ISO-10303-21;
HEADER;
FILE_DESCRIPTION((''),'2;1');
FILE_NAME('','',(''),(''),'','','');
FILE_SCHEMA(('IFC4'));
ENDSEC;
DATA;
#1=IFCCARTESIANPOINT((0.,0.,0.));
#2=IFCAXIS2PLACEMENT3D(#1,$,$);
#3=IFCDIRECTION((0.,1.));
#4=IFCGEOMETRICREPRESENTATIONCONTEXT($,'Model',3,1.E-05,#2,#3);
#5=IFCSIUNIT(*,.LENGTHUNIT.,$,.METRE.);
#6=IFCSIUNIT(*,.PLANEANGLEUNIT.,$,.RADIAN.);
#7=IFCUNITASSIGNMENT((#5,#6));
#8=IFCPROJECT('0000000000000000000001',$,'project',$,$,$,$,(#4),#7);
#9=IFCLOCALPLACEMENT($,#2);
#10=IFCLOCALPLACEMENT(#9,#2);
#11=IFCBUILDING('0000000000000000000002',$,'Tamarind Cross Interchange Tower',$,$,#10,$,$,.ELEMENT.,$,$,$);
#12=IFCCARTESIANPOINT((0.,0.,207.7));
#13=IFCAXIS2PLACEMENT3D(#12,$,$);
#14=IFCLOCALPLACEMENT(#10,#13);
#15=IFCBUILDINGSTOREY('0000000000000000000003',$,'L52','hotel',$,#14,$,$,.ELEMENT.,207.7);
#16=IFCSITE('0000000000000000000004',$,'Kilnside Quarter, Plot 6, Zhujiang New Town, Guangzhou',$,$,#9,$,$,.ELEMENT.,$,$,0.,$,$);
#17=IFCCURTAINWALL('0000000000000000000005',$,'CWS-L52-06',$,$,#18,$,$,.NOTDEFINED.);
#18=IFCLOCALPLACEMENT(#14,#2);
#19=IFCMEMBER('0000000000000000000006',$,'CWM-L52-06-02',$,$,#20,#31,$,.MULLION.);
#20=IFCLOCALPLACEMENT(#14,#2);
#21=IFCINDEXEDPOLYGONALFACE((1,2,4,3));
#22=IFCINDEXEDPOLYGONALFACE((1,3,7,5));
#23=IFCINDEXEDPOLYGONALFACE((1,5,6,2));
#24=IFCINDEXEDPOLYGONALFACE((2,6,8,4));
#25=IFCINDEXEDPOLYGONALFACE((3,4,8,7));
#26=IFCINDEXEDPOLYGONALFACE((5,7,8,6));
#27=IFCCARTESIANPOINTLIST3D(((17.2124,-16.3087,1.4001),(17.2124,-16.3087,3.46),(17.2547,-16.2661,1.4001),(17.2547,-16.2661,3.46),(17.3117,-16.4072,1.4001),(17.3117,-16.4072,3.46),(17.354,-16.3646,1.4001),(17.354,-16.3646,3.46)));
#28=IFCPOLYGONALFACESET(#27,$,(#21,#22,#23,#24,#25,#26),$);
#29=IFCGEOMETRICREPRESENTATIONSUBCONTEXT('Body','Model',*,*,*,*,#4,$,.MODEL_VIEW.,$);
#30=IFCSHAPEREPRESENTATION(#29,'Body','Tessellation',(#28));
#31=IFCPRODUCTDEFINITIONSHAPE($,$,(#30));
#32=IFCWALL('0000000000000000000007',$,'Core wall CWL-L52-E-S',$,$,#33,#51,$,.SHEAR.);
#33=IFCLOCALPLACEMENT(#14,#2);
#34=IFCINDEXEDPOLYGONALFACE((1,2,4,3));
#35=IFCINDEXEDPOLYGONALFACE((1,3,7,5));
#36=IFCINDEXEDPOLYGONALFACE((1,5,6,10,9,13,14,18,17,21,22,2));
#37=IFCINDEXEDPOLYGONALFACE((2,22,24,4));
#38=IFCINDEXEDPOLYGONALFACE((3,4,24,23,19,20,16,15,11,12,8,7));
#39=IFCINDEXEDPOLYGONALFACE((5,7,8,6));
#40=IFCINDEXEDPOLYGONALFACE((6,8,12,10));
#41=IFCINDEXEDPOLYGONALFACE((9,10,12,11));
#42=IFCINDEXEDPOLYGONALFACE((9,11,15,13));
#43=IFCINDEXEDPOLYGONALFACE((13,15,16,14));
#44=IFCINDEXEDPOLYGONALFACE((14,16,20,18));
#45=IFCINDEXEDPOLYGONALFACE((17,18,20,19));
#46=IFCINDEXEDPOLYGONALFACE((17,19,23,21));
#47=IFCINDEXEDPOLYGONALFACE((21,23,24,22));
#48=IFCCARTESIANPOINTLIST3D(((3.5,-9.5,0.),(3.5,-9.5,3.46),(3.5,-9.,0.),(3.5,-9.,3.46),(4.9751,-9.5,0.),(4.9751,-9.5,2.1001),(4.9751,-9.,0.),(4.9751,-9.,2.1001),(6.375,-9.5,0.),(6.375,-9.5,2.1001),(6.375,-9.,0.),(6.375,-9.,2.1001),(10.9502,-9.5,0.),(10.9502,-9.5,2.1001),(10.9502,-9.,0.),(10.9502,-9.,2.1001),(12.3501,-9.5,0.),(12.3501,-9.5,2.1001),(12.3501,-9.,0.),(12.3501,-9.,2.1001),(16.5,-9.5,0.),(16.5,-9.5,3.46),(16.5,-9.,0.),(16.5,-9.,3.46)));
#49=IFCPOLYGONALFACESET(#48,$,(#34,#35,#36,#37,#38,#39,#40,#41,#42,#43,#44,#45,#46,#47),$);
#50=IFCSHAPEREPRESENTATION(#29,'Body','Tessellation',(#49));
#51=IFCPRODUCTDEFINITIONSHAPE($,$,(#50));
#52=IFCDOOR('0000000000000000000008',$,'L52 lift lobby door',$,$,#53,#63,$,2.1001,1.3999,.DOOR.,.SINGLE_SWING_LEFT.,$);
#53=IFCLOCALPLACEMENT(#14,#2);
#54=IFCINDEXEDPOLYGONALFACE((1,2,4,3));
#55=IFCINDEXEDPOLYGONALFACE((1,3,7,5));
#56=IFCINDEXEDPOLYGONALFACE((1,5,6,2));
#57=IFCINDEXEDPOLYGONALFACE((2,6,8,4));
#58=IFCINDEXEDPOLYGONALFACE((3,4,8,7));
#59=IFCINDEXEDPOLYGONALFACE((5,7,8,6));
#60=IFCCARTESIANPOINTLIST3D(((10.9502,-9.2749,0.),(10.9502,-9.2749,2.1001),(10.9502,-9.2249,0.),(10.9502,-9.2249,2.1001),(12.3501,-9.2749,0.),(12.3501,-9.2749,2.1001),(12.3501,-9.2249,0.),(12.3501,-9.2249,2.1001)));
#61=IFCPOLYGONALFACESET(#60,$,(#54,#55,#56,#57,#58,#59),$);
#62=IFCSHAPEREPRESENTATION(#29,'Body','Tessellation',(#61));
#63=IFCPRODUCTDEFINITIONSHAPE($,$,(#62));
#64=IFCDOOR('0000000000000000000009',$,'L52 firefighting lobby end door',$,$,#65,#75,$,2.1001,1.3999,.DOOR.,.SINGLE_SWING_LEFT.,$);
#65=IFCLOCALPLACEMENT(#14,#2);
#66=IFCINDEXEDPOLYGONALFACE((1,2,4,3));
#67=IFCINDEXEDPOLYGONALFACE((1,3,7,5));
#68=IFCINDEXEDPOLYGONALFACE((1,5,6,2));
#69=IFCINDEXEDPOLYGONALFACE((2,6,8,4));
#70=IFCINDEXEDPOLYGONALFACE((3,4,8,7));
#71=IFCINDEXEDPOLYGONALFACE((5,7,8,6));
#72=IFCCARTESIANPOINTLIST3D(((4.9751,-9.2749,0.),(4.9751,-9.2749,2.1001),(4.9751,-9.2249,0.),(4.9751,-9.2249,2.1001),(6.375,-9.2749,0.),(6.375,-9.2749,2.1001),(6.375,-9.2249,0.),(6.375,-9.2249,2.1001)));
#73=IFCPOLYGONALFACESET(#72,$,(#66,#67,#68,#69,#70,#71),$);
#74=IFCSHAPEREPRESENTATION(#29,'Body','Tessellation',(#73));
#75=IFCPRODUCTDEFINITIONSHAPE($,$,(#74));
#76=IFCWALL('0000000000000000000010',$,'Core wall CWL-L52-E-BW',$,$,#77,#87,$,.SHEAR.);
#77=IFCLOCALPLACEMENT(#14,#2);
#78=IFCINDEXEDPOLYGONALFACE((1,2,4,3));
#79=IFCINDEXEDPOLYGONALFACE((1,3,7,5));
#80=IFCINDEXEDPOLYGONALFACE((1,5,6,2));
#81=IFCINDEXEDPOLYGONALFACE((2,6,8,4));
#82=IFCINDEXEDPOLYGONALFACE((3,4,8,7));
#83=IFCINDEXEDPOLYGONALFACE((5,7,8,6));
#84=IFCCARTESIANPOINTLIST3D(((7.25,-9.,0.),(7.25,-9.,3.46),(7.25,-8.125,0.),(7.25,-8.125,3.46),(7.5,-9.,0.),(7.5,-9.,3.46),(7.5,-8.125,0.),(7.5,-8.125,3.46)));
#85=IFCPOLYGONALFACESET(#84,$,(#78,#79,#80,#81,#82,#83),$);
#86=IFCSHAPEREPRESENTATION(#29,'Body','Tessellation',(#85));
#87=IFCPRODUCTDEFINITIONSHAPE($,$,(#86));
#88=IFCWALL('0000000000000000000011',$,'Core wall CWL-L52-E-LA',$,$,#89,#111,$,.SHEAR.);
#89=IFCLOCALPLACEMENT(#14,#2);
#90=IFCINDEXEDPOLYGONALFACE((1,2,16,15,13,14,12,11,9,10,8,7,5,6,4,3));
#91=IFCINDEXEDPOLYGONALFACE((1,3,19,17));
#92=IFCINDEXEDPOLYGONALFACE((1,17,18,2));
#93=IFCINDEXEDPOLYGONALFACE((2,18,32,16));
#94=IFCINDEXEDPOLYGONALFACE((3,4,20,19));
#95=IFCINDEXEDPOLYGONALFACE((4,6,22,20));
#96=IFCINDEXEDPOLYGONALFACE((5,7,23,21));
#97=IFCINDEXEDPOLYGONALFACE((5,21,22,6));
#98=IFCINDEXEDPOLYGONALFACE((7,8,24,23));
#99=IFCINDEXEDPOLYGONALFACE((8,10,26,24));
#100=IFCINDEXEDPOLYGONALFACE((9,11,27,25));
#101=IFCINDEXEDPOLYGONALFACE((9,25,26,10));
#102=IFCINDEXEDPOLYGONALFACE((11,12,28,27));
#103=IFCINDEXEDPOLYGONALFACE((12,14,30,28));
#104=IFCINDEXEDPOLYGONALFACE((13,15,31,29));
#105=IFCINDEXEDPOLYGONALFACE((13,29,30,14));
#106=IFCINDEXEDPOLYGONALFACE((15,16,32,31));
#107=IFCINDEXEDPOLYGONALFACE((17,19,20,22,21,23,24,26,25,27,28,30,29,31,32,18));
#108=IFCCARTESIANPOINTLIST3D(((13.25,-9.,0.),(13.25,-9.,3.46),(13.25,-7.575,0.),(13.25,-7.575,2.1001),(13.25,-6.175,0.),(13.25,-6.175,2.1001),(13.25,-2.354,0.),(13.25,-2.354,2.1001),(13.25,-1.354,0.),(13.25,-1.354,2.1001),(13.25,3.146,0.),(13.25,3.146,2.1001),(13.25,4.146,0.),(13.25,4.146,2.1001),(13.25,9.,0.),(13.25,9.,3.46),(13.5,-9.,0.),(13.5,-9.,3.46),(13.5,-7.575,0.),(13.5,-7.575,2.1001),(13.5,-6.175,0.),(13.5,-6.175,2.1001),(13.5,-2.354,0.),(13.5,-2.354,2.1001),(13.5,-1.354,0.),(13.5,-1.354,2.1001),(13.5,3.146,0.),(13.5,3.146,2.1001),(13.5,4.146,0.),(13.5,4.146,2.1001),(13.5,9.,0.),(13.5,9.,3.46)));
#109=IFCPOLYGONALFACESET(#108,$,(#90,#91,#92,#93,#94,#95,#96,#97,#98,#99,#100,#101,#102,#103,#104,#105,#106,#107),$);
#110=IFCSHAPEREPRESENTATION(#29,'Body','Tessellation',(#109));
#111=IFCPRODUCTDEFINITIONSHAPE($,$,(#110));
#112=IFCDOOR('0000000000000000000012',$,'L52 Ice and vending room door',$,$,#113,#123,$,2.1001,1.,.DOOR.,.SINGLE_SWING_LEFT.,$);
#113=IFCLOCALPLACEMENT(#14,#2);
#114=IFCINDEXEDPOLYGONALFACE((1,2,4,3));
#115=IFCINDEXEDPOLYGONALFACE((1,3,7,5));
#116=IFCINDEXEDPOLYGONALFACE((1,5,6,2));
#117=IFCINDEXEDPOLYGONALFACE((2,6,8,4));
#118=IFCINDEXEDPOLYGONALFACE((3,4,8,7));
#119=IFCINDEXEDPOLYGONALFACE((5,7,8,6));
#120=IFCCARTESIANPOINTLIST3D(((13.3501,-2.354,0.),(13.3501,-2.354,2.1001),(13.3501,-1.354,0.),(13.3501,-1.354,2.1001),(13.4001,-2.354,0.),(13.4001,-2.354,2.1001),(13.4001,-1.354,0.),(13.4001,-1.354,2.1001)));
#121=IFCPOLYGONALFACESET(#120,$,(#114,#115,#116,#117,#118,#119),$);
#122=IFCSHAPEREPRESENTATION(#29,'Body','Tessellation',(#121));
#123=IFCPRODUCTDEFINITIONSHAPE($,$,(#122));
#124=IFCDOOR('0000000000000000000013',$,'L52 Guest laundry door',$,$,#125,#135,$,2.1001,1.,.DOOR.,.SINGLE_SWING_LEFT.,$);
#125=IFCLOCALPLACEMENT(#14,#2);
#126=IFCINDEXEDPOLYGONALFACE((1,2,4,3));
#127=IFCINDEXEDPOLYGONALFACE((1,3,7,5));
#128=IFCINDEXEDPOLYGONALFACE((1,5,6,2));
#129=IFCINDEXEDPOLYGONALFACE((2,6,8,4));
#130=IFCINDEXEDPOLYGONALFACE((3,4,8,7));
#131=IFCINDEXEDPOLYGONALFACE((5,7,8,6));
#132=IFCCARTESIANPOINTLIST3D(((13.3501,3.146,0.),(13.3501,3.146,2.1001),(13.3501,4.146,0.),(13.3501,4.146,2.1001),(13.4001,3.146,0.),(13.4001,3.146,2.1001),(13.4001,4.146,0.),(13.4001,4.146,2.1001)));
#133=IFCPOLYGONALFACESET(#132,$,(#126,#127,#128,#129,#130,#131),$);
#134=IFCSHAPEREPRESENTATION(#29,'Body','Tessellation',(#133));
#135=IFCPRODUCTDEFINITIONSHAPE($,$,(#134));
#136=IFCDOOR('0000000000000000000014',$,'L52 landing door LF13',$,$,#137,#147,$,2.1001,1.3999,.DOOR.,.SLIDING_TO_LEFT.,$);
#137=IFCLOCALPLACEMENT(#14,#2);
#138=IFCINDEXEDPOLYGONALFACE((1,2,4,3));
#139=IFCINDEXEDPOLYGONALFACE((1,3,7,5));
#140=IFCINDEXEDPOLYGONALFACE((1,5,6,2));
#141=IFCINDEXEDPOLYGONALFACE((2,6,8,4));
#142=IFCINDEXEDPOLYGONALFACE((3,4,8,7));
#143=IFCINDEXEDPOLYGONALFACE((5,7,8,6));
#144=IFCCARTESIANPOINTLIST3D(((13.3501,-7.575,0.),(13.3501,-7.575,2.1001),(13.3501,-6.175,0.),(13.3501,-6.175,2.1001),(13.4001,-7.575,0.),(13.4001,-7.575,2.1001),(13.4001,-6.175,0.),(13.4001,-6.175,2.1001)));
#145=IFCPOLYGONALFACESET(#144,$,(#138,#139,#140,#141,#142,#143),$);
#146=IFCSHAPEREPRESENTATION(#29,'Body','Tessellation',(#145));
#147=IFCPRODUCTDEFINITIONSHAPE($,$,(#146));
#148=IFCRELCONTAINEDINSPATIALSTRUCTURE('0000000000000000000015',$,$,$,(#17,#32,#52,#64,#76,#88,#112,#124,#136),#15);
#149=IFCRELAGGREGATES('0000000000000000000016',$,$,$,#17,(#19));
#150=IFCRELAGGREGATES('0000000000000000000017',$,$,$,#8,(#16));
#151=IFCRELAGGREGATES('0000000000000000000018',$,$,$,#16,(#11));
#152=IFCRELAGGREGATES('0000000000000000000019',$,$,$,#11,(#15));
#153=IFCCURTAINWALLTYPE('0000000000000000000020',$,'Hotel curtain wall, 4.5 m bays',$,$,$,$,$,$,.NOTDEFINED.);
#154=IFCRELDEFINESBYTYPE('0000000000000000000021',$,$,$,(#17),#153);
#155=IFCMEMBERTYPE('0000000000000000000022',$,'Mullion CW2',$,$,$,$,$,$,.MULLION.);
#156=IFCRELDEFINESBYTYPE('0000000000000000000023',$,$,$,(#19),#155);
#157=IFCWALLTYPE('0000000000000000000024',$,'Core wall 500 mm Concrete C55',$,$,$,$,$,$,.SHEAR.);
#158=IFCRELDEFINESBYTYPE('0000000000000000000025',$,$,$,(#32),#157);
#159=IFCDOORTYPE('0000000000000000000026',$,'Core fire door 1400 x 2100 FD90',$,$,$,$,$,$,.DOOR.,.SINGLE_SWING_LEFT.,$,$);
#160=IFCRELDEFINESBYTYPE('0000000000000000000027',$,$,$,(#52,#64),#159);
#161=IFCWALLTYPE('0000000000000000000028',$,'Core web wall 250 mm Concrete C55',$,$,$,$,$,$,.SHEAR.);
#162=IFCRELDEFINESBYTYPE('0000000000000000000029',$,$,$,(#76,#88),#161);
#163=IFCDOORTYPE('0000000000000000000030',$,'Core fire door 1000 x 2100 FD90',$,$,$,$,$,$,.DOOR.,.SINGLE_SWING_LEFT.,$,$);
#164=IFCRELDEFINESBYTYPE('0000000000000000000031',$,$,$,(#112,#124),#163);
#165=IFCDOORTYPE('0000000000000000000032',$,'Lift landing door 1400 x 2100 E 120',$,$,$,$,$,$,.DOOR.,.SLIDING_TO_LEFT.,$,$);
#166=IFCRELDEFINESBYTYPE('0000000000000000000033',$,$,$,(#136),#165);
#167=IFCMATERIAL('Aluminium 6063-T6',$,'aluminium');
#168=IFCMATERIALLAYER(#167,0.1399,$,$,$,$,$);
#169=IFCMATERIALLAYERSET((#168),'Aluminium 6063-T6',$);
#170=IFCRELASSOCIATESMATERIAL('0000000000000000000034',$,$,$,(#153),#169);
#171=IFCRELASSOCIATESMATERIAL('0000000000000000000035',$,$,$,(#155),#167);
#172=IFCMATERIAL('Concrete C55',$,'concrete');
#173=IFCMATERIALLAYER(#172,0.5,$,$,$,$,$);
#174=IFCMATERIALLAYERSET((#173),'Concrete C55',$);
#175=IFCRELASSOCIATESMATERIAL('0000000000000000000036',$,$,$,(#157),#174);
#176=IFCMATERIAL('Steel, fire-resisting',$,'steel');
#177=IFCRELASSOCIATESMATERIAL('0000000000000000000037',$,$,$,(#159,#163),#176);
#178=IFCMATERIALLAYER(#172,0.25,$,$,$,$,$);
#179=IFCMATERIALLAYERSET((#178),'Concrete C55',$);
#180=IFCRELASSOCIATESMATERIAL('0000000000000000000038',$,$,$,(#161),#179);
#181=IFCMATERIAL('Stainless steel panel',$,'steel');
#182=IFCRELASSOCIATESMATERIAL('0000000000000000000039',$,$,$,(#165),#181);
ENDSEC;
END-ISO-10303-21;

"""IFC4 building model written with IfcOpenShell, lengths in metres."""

from ifc_helpers import new_model, si_unit, direction, frame, frame_2d, origin, origin_2d, place, context, subcontext, project, spatial, rectangle, extrude, material, layer, layer_set, material_profile, profile_set, type_object, element, fill, aggregate, save


model = new_model("IFC4")

# Units and contexts
model_context = context("Model", 3, precision=1e-05, world=origin(), true_north=direction((0.0, 1.0)))
body_context = subcontext(model_context, "Body", "Model", "MODEL_VIEW")
ifc_project = project(units=[si_unit("LENGTHUNIT", "METRE"), si_unit("PLANEANGLEUNIT", "RADIAN")], contexts=[model_context])

# Site, building, storey
site_placement = place(None, origin())
site = spatial("IfcSite", under=ifc_project, at=site_placement, Name="Kilnside Quarter, Plot 6, Zhujiang New Town, Guangzhou", CompositionType="ELEMENT", RefElevation=0.0)
building_placement = place(site_placement, origin())
building = spatial("IfcBuilding", under=site, at=building_placement, Name="Tamarind Cross Interchange Tower", CompositionType="ELEMENT")
storey_placement = place(building_placement, frame((0.0, 0.0, 207.7)))
storey = spatial("IfcBuildingStorey", under=building, at=storey_placement, Name="L52", Description="hotel", CompositionType="ELEMENT", Elevation=207.7)

# Shared definitions
ifc_material_1 = material(Name="Concrete C55", Category="concrete")

# Curtain wall, member
ifc_material_2 = material(Name="Aluminium 6063-T6", Category="aluminium")
ifc_layer_1 = layer(ifc_material_2, 0.1399)
ifc_layer_set_1 = layer_set([ifc_layer_1], Name="Aluminium 6063-T6")
curtain_wall_type = type_object("IfcCurtainWallType", Name="Hotel curtain wall, 4.5 m bays", PredefinedType="NOTDEFINED", material=ifc_layer_set_1)
curtain_wall_placement = place(storey_placement, origin())
curtain_wall = element("IfcCurtainWall", 1, at=curtain_wall_placement, inside=storey, type_object=curtain_wall_type, Name="CWS-L52-06", PredefinedType="NOTDEFINED")
ifc_material_profile_1 = material_profile(ifc_material_2, rectangle(XDim=0.0601, YDim=0.1399, at=origin_2d()), Name="Mullion CW2")
ifc_profile_set_1 = profile_set([ifc_material_profile_1], Name="Aluminium 6063-T6")
member_type = type_object("IfcMemberType", Name="Mullion CW2", PredefinedType="MULLION", material=ifc_profile_set_1)
member_placement = place(storey_placement, frame((17.2832, -16.3367, 1.4001), z_axis=(0.0, 0.0, 1.0), x_axis=(0.704057, 0.710143, 0.0)))
member = element("IfcMember", 2, at=member_placement, type_object=member_type, Name="CWM-L52-06-02", PredefinedType="MULLION", context=body_context, shape_type="SweptSolid", body=[
    extrude(rectangle(XDim=0.0601, YDim=0.1399, at=origin_2d()), origin(), (0.0, 0.0, 1.0), 2.0598),
])
aggregate(curtain_wall, [member])

# Wall, openings, doors
ifc_layer_2 = layer(ifc_material_1, 0.5)
ifc_layer_set_2 = layer_set([ifc_layer_2], Name="Concrete C55")
wall_type_1 = type_object("IfcWallType", Name="Core wall 500 mm Concrete C55", PredefinedType="SHEAR", material=ifc_layer_set_2)
wall_1_placement = place(storey_placement, frame((16.5, -9.25, 0.0), z_axis=(0.0, 0.0, 1.0), x_axis=(-1.0, 0.0, 0.0)))
wall_1 = element("IfcWall", 3, at=wall_1_placement, inside=storey, type_object=wall_type_1, Name="Core wall CWL-L52-E-S", PredefinedType="SHEAR", context=body_context, shape_type="SweptSolid", body=[
    extrude(rectangle(XDim=13.0, YDim=0.5, at=frame_2d((6.5, 0.0))), origin(), (0.0, 0.0, 1.0), 3.46),
])
opening_1_placement = place(wall_1_placement, frame((4.1499, 0.0, 0.0)))
opening_1 = element("IfcOpeningElement", 4, at=opening_1_placement, cuts=wall_1, PredefinedType="OPENING", context=body_context, shape_type="SweptSolid", body=[
    extrude(rectangle(XDim=1.3999, YDim=2.1001, at=frame_2d((0.7, 1.05))), frame((0.0, 0.26, 0.0), z_axis=(0.0, -1.0, 0.0), x_axis=(1.0, 0.0, 0.0)), (0.0, 0.0, 1.0), 0.52),
])
opening_2_placement = place(wall_1_placement, frame((10.125, 0.0, 0.0)))
opening_2 = element("IfcOpeningElement", 5, at=opening_2_placement, cuts=wall_1, PredefinedType="OPENING", context=body_context, shape_type="SweptSolid", body=[
    extrude(rectangle(XDim=1.3999, YDim=2.1001, at=frame_2d((0.7, 1.05))), frame((0.0, 0.26, 0.0), z_axis=(0.0, -1.0, 0.0), x_axis=(1.0, 0.0, 0.0)), (0.0, 0.0, 1.0), 0.52),
])
ifc_material_3 = material(Name="Steel, fire-resisting", Category="steel")
door_type_1 = type_object("IfcDoorType", Name="Core fire door 1400 x 2100 FD90", OperationType="SINGLE_SWING_LEFT", PredefinedType="DOOR", material=ifc_material_3)
door_1_placement = place(opening_1_placement, origin())
door_1 = element("IfcDoor", 6, at=door_1_placement, inside=storey, type_object=door_type_1, Name="L52 lift lobby door", OperationType="SINGLE_SWING_LEFT", OverallHeight=2.1001, OverallWidth=1.3999, PredefinedType="DOOR", context=body_context, shape_type="SweptSolid", body=[
    extrude(rectangle(XDim=1.3999, YDim=2.1001, at=frame_2d((0.7, 1.05))), frame((0.0, 0.0249, 0.0), z_axis=(0.0, -1.0, 0.0), x_axis=(1.0, 0.0, 0.0)), (0.0, 0.0, 1.0), 0.05),
])
fill(opening_1, door_1)
door_2_placement = place(opening_2_placement, origin())
door_2 = element("IfcDoor", 7, at=door_2_placement, inside=storey, type_object=door_type_1, Name="L52 firefighting lobby end door", OperationType="SINGLE_SWING_LEFT", OverallHeight=2.1001, OverallWidth=1.3999, PredefinedType="DOOR", context=body_context, shape_type="SweptSolid", body=[
    extrude(rectangle(XDim=1.3999, YDim=2.1001, at=frame_2d((0.7, 1.05))), frame((0.0, 0.0249, 0.0), z_axis=(0.0, -1.0, 0.0), x_axis=(1.0, 0.0, 0.0)), (0.0, 0.0, 1.0), 0.05),
])
fill(opening_2, door_2)

# Wall
ifc_layer_3 = layer(ifc_material_1, 0.25)
ifc_layer_set_3 = layer_set([ifc_layer_3], Name="Concrete C55")
wall_type_2 = type_object("IfcWallType", Name="Core web wall 250 mm Concrete C55", PredefinedType="SHEAR", material=ifc_layer_set_3)
wall_2_placement = place(storey_placement, frame((7.375, -9.0, 0.0), z_axis=(0.0, 0.0, 1.0), x_axis=(0.0, 1.0, 0.0)))
element("IfcWall", 8, at=wall_2_placement, inside=storey, type_object=wall_type_2, Name="Core wall CWL-L52-E-BW", PredefinedType="SHEAR", context=body_context, shape_type="SweptSolid", body=[
    extrude(rectangle(XDim=0.875, YDim=0.25, at=frame_2d((0.4375, 0.0))), origin(), (0.0, 0.0, 1.0), 3.46),
])

# Wall, openings, doors
wall_3_placement = place(storey_placement, frame((13.375, -9.0, 0.0), z_axis=(0.0, 0.0, 1.0), x_axis=(0.0, 1.0, 0.0)))
wall_3 = element("IfcWall", 9, at=wall_3_placement, inside=storey, type_object=wall_type_2, Name="Core wall CWL-L52-E-LA", PredefinedType="SHEAR", context=body_context, shape_type="SweptSolid", body=[
    extrude(rectangle(XDim=18.0, YDim=0.25, at=frame_2d((9.0, 0.0))), origin(), (0.0, 0.0, 1.0), 3.46),
])
opening_3_placement = place(wall_3_placement, frame((1.425, 0.0, 0.0)))
opening_3 = element("IfcOpeningElement", 10, at=opening_3_placement, cuts=wall_3, PredefinedType="OPENING", context=body_context, shape_type="SweptSolid", body=[
    extrude(rectangle(XDim=1.3999, YDim=2.1001, at=frame_2d((0.7, 1.05))), frame((0.0, 0.135, 0.0), z_axis=(0.0, -1.0, 0.0), x_axis=(1.0, 0.0, 0.0)), (0.0, 0.0, 1.0), 0.27),
])
opening_4_placement = place(wall_3_placement, frame((6.646, 0.0, 0.0)))
opening_4 = element("IfcOpeningElement", 11, at=opening_4_placement, cuts=wall_3, PredefinedType="OPENING", context=body_context, shape_type="SweptSolid", body=[
    extrude(rectangle(XDim=1.0, YDim=2.1001, at=frame_2d((0.5, 1.05))), frame((0.0, 0.135, 0.0), z_axis=(0.0, -1.0, 0.0), x_axis=(1.0, 0.0, 0.0)), (0.0, 0.0, 1.0), 0.27),
])
opening_5_placement = place(wall_3_placement, frame((12.146, 0.0, 0.0)))
opening_5 = element("IfcOpeningElement", 12, at=opening_5_placement, cuts=wall_3, PredefinedType="OPENING", context=body_context, shape_type="SweptSolid", body=[
    extrude(rectangle(XDim=1.0, YDim=2.1001, at=frame_2d((0.5, 1.05))), frame((0.0, 0.135, 0.0), z_axis=(0.0, -1.0, 0.0), x_axis=(1.0, 0.0, 0.0)), (0.0, 0.0, 1.0), 0.27),
])
door_type_2 = type_object("IfcDoorType", Name="Core fire door 1000 x 2100 FD90", OperationType="SINGLE_SWING_LEFT", PredefinedType="DOOR", material=ifc_material_3)
door_3_placement = place(opening_4_placement, origin())
door_3 = element("IfcDoor", 13, at=door_3_placement, inside=storey, type_object=door_type_2, Name="L52 Ice and vending room door", OperationType="SINGLE_SWING_LEFT", OverallHeight=2.1001, OverallWidth=1.0, PredefinedType="DOOR", context=body_context, shape_type="SweptSolid", body=[
    extrude(rectangle(XDim=1.0, YDim=2.1001, at=frame_2d((0.5, 1.05))), frame((0.0, 0.0249, 0.0), z_axis=(0.0, -1.0, 0.0), x_axis=(1.0, 0.0, 0.0)), (0.0, 0.0, 1.0), 0.05),
])
fill(opening_4, door_3)
door_4_placement = place(opening_5_placement, origin())
door_4 = element("IfcDoor", 14, at=door_4_placement, inside=storey, type_object=door_type_2, Name="L52 Guest laundry door", OperationType="SINGLE_SWING_LEFT", OverallHeight=2.1001, OverallWidth=1.0, PredefinedType="DOOR", context=body_context, shape_type="SweptSolid", body=[
    extrude(rectangle(XDim=1.0, YDim=2.1001, at=frame_2d((0.5, 1.05))), frame((0.0, 0.0249, 0.0), z_axis=(0.0, -1.0, 0.0), x_axis=(1.0, 0.0, 0.0)), (0.0, 0.0, 1.0), 0.05),
])
fill(opening_5, door_4)
ifc_material_4 = material(Name="Stainless steel panel", Category="steel")
door_type_3 = type_object("IfcDoorType", Name="Lift landing door 1400 x 2100 E 120", OperationType="SLIDING_TO_LEFT", PredefinedType="DOOR", material=ifc_material_4)
door_5_placement = place(opening_3_placement, origin())
door_5 = element("IfcDoor", 15, at=door_5_placement, inside=storey, type_object=door_type_3, Name="L52 landing door LF13", OperationType="SLIDING_TO_LEFT", OverallHeight=2.1001, OverallWidth=1.3999, PredefinedType="DOOR", context=body_context, shape_type="SweptSolid", body=[
    extrude(rectangle(XDim=1.3999, YDim=2.1001, at=frame_2d((0.7, 1.05))), frame((0.0, 0.0249, 0.0), z_axis=(0.0, -1.0, 0.0), x_axis=(1.0, 0.0, 0.0)), (0.0, 0.0, 1.0), 0.05),
])
fill(opening_3, door_5)

save(model, "model.ifc")
